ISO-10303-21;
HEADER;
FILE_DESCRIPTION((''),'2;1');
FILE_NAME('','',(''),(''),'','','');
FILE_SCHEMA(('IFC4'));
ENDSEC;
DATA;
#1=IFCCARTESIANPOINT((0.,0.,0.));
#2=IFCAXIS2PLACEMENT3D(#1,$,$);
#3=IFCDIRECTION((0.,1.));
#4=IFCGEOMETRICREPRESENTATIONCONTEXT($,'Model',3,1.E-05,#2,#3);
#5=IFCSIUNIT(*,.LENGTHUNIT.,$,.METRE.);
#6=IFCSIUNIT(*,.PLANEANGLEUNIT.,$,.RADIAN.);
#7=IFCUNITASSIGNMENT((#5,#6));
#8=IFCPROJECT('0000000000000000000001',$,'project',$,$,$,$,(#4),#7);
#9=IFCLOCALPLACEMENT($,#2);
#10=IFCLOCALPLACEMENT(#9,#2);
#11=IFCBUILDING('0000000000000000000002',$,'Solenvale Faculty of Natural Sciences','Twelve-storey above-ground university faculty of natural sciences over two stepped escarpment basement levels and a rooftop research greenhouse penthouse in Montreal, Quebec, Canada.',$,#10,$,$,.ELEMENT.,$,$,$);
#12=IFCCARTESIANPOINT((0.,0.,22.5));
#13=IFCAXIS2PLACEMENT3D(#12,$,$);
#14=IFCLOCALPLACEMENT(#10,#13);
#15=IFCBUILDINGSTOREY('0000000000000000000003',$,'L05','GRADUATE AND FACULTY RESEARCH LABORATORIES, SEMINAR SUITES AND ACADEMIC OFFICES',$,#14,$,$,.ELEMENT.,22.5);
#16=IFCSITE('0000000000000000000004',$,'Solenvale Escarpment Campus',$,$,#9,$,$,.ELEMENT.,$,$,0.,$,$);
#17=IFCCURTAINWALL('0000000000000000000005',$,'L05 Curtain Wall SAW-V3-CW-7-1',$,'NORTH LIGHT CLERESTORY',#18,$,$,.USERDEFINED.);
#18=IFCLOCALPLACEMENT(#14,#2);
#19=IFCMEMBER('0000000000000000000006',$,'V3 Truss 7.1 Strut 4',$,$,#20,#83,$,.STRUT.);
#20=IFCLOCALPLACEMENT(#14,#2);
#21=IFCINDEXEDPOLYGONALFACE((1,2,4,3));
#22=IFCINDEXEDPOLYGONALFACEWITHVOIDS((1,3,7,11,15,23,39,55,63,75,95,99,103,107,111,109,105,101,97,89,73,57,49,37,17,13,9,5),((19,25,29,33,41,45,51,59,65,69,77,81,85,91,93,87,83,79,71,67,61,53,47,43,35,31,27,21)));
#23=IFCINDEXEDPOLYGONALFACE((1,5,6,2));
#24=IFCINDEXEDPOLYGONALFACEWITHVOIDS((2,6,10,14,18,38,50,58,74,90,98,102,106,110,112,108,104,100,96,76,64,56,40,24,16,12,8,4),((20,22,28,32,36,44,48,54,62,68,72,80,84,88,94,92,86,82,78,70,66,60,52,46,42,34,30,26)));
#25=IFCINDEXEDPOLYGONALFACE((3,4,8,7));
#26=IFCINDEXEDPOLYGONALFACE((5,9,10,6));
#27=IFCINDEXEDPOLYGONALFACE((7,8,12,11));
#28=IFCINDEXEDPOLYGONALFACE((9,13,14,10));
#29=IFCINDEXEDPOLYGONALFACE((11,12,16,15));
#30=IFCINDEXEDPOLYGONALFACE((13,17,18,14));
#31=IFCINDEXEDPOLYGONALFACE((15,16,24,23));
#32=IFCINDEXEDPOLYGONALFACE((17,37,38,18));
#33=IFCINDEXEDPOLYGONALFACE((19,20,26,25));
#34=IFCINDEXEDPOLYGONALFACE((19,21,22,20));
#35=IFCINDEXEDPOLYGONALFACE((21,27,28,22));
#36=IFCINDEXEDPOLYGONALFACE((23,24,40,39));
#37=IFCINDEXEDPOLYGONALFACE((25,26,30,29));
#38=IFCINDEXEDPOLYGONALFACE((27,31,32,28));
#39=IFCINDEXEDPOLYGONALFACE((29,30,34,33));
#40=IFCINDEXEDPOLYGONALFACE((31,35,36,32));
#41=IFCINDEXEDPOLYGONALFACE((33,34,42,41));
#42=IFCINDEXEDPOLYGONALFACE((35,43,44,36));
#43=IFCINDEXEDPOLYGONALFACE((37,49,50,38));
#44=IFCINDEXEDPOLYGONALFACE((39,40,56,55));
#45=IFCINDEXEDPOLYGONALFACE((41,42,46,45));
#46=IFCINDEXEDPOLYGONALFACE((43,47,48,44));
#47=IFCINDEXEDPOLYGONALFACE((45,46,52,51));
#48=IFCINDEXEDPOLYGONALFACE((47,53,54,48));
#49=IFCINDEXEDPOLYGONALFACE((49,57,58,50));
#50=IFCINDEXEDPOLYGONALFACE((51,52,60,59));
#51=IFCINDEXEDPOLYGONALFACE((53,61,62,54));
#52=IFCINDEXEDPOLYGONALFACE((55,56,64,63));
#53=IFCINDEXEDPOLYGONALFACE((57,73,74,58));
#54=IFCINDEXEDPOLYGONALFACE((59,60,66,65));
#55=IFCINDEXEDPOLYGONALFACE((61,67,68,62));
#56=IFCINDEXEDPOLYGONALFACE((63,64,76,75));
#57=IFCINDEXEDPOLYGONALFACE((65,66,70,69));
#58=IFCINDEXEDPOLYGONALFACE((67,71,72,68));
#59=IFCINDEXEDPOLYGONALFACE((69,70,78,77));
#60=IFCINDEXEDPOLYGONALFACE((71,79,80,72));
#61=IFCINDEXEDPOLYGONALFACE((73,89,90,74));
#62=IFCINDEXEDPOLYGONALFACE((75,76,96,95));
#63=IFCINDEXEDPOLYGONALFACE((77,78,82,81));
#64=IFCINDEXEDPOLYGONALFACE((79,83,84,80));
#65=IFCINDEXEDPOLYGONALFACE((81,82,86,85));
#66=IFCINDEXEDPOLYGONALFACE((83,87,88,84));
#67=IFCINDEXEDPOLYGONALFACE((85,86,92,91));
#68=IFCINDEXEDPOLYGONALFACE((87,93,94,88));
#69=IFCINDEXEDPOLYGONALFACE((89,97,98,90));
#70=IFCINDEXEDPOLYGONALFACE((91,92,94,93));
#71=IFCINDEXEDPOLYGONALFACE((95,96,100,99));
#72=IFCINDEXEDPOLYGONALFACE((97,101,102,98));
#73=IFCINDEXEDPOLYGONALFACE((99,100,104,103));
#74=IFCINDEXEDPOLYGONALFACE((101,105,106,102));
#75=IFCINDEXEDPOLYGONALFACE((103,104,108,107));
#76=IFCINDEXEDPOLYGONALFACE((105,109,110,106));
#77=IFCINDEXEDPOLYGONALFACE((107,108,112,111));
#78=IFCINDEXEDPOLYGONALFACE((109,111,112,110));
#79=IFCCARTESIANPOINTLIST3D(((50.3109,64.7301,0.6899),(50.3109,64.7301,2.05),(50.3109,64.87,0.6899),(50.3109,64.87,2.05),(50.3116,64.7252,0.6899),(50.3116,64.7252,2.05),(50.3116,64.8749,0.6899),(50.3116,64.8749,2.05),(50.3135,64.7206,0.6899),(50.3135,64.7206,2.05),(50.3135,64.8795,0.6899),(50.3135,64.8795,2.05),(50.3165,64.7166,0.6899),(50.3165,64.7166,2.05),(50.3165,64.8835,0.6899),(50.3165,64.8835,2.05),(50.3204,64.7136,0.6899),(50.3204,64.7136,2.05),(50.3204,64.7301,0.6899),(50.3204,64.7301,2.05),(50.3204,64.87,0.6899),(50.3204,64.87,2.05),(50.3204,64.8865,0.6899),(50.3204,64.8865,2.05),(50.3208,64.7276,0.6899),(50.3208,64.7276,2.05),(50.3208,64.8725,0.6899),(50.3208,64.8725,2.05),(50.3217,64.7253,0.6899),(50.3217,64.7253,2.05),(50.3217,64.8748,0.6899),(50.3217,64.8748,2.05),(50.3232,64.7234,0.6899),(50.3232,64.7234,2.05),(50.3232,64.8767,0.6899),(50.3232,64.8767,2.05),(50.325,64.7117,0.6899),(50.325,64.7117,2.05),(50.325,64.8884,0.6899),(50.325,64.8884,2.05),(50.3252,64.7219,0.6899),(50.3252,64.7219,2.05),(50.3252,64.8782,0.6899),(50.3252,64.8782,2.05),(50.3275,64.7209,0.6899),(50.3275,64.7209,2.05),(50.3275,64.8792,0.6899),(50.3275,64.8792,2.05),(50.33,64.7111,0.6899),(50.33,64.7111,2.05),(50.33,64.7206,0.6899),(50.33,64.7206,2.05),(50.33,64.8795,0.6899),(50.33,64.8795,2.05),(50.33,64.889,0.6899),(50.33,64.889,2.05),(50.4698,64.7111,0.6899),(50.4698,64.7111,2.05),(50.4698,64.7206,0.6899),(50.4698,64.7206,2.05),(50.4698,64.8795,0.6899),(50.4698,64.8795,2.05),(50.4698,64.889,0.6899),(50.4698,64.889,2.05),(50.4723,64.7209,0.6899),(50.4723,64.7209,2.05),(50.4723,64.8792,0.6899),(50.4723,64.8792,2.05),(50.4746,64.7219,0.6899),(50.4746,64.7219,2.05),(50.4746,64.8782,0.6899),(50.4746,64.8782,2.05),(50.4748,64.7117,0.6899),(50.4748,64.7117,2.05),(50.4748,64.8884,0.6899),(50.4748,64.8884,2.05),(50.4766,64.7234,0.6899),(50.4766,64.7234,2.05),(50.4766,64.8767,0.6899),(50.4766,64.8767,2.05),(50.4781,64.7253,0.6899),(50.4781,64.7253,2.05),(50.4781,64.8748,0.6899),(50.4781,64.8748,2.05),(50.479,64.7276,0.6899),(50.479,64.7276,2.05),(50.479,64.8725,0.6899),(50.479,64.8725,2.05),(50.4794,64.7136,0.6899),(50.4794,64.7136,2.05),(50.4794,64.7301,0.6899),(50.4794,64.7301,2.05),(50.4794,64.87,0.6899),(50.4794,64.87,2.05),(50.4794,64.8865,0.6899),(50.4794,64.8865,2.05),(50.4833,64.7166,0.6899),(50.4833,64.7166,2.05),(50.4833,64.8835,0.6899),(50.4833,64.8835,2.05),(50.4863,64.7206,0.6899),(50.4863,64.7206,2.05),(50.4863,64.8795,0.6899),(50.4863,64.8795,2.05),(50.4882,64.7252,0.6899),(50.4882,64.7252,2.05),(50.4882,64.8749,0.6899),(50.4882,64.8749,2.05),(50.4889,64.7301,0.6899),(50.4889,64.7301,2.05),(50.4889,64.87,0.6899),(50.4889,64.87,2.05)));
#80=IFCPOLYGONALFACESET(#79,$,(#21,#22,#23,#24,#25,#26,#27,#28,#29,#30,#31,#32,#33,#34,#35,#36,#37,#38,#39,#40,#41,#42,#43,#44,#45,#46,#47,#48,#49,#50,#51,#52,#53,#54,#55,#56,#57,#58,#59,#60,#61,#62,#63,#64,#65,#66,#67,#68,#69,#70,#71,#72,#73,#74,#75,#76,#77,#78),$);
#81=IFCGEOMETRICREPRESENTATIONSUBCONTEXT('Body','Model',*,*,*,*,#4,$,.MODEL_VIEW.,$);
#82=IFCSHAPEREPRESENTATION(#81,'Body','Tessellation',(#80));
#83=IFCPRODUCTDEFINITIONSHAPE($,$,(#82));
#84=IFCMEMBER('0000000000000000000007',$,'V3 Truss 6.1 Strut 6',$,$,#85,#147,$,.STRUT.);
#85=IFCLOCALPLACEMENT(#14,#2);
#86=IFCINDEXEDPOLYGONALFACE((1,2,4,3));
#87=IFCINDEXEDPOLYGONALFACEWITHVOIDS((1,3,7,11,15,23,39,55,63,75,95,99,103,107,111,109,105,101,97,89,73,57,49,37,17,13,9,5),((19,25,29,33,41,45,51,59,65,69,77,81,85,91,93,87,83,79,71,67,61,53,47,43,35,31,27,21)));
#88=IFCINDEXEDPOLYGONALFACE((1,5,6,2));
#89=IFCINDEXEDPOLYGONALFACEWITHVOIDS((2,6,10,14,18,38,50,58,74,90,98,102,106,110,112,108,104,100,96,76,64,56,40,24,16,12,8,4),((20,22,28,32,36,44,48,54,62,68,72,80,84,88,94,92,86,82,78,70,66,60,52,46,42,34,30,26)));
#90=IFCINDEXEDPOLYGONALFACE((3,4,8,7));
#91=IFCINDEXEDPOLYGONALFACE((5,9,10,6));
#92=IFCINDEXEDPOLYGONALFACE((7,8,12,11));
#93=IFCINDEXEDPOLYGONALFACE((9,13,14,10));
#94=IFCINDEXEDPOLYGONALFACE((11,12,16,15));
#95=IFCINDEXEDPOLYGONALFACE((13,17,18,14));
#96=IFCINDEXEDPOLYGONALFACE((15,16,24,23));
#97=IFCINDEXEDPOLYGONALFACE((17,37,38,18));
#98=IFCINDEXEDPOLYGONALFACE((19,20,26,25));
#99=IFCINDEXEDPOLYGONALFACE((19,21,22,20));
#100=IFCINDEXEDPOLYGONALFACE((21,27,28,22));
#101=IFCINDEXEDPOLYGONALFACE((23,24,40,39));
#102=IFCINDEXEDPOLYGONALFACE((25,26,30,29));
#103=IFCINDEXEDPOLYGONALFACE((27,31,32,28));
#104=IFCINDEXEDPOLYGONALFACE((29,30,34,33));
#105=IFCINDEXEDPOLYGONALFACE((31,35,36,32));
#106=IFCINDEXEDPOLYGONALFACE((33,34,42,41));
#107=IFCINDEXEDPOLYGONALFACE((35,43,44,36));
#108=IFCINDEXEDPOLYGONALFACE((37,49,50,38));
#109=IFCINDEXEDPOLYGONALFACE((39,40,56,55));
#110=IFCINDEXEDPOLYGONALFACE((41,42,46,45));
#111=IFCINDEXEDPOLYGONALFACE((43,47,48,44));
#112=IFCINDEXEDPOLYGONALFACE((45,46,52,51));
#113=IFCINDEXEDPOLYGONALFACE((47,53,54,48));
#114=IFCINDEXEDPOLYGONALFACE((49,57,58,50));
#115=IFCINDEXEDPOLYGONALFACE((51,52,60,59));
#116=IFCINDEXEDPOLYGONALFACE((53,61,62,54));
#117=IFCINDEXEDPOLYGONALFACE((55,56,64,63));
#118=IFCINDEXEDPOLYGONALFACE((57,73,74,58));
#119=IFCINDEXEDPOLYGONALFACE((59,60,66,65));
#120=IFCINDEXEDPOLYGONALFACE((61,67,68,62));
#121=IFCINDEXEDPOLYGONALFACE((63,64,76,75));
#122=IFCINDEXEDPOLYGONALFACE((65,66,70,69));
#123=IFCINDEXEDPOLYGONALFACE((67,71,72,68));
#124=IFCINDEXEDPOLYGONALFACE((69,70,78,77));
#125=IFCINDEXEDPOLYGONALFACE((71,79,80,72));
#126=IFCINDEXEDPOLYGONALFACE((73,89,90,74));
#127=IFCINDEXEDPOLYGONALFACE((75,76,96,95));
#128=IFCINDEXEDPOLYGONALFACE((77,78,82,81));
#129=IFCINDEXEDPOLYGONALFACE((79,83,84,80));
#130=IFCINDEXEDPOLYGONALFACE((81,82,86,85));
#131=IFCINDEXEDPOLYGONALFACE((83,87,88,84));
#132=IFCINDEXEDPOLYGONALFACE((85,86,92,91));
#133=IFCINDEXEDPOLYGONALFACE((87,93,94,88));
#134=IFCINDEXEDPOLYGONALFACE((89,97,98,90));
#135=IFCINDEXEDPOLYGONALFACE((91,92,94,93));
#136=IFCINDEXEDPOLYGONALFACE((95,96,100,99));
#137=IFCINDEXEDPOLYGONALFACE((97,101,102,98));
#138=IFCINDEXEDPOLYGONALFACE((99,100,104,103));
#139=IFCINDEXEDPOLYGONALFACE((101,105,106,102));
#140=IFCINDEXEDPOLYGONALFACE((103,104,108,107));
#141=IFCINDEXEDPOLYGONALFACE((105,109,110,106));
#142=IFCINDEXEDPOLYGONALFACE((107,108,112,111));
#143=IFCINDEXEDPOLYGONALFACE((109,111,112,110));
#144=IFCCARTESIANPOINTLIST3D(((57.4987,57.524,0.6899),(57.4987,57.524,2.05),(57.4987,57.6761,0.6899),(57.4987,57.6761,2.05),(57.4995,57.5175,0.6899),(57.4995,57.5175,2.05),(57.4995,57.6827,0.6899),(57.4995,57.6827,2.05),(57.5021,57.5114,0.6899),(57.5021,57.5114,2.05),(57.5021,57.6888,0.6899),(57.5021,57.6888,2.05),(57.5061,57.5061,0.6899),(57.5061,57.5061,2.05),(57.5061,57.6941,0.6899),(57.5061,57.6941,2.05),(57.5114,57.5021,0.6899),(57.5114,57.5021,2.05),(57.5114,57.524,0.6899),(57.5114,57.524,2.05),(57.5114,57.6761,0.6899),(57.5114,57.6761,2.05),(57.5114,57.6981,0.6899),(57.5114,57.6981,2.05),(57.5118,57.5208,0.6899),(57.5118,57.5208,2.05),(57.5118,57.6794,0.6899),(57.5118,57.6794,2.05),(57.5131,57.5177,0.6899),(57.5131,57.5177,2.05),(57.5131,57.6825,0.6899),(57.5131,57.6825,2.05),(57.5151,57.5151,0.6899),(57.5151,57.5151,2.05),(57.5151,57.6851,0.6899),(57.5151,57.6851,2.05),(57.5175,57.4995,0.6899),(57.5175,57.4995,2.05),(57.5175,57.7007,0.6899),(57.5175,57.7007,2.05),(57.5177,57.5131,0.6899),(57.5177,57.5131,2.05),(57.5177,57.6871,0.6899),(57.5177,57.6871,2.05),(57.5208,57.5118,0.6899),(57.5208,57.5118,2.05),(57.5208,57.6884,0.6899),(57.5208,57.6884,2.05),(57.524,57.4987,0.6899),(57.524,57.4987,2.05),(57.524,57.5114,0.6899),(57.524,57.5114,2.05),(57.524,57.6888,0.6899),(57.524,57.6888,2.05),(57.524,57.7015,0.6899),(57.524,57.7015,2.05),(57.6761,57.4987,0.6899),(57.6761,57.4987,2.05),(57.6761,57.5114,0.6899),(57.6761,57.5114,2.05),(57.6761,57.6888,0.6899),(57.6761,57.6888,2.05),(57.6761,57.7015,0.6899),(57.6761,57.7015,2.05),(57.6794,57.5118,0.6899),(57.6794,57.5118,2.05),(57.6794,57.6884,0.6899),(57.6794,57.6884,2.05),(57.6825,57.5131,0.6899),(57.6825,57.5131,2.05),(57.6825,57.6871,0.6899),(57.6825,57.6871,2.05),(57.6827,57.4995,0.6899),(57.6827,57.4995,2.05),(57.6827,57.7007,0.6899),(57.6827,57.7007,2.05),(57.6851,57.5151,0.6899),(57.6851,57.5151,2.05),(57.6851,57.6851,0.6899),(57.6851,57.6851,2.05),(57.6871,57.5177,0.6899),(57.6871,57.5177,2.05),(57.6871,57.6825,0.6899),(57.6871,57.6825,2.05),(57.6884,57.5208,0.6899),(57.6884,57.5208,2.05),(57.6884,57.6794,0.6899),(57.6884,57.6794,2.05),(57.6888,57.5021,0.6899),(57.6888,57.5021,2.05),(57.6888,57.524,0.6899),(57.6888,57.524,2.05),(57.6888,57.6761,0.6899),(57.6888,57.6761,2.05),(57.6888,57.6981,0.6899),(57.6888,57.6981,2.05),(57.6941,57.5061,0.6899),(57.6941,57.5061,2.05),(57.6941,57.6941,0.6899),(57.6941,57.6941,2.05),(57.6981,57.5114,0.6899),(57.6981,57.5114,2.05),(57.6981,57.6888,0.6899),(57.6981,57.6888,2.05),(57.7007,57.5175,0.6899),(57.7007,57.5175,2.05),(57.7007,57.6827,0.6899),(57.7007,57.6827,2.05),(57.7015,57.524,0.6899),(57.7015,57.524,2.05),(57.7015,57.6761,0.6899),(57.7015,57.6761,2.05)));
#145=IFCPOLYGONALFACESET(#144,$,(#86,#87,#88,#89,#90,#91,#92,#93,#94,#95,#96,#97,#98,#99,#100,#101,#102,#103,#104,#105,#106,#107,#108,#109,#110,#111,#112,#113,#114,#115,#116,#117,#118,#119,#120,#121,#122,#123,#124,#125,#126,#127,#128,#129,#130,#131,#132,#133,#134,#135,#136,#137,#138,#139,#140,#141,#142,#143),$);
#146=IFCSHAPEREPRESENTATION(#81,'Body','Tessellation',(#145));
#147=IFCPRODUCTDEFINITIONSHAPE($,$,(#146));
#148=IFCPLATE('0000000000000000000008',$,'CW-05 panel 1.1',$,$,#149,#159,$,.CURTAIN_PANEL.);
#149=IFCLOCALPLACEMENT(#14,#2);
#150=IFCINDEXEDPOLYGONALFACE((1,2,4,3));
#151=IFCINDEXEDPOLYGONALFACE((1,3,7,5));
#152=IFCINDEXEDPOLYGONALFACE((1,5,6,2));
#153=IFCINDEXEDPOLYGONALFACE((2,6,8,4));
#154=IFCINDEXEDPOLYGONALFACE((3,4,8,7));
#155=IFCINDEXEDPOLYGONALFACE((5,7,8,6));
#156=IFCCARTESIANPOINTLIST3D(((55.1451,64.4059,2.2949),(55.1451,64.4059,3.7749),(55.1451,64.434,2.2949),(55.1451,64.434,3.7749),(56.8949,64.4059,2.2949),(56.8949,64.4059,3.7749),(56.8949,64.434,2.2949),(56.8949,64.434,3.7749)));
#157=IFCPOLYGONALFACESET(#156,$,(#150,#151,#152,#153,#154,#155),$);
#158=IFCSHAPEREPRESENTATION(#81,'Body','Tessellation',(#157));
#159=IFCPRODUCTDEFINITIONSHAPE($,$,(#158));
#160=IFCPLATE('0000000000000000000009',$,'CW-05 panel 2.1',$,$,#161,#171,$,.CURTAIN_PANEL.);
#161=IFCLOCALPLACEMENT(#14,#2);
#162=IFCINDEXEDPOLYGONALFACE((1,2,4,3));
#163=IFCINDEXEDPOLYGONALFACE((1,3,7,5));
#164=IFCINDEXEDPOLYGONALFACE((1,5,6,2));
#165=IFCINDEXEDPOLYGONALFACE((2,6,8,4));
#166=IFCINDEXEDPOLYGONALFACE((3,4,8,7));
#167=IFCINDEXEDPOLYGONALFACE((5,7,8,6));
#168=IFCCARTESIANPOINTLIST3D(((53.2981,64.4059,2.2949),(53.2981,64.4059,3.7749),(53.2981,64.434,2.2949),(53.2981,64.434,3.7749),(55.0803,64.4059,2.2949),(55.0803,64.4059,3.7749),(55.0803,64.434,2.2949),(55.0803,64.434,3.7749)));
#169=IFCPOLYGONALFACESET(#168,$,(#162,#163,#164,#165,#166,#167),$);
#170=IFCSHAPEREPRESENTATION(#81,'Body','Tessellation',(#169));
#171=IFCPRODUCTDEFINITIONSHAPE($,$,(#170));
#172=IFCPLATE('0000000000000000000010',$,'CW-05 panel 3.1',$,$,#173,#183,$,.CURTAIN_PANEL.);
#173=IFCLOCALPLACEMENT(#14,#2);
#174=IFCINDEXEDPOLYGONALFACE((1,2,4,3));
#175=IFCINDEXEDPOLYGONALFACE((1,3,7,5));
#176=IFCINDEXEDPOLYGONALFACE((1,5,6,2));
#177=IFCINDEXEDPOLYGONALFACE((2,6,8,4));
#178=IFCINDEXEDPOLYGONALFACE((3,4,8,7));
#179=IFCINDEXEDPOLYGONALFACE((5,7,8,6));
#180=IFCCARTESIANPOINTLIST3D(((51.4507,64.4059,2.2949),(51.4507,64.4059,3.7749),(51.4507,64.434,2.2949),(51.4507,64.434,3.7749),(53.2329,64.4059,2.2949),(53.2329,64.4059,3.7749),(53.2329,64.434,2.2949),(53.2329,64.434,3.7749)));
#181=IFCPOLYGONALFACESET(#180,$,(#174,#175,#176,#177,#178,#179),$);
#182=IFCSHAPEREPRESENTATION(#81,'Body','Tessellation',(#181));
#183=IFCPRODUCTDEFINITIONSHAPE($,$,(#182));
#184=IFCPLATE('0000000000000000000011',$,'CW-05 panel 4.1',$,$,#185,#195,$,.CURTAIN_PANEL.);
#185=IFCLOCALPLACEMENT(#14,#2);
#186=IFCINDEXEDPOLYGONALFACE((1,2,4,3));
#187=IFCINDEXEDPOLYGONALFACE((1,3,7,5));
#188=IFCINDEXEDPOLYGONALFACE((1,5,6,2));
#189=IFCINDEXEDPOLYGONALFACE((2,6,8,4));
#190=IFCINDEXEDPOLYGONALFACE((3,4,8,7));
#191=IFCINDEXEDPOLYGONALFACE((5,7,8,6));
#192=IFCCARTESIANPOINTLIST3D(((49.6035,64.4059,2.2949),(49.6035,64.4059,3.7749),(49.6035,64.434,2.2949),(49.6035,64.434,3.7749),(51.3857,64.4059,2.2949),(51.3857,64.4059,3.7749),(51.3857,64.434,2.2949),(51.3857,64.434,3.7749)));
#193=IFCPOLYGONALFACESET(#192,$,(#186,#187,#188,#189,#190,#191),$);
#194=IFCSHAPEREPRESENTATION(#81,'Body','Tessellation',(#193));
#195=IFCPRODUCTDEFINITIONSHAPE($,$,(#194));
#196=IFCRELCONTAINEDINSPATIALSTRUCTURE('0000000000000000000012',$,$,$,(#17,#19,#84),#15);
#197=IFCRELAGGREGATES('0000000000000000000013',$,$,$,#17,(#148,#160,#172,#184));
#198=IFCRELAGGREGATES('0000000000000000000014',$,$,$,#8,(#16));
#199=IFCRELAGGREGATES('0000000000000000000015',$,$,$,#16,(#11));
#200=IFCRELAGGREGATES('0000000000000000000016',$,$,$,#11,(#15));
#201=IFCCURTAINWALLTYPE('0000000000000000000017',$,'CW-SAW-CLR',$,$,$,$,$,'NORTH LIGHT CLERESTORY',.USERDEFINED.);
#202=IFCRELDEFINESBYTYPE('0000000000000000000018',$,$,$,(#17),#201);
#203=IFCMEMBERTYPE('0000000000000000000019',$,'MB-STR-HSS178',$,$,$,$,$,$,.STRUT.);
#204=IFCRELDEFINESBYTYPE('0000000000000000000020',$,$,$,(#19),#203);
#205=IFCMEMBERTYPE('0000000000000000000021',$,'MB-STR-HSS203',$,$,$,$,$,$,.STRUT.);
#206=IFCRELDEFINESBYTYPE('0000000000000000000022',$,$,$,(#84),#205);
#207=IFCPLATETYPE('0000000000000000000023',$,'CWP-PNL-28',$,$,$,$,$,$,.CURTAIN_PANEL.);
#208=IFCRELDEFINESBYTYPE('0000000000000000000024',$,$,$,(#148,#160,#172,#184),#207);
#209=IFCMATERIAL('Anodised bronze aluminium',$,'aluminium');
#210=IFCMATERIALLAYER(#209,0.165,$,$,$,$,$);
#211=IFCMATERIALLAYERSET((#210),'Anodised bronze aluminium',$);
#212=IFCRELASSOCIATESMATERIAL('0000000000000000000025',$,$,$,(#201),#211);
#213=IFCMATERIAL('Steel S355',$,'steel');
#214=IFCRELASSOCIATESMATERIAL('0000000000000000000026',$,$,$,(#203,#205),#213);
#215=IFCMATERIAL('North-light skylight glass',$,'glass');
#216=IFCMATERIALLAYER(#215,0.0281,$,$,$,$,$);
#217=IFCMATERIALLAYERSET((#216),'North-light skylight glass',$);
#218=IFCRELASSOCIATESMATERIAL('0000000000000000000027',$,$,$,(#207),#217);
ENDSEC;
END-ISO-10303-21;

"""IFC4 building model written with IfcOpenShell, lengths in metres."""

from ifc_helpers import new_model, si_unit, direction, frame, origin, origin_2d, place, context, subcontext, project, spatial, rectangle, hollow_rectangle, extrude, material, layer, layer_set, material_profile, profile_set, type_object, element, aggregate, save


model = new_model("IFC4")

# Units and contexts
model_context = context("Model", 3, precision=1e-05, world=origin(), true_north=direction((0.0, 1.0)))
body_context = subcontext(model_context, "Body", "Model", "MODEL_VIEW")
ifc_project = project(units=[si_unit("LENGTHUNIT", "METRE"), si_unit("PLANEANGLEUNIT", "RADIAN")], contexts=[model_context])

# Site, building, storey
site_placement = place(None, origin())
site = spatial("IfcSite", under=ifc_project, at=site_placement, Name="Solenvale Escarpment Campus", CompositionType="ELEMENT", RefElevation=0.0)
building_placement = place(site_placement, origin())
building = spatial("IfcBuilding", under=site, at=building_placement, Name="Solenvale Faculty of Natural Sciences", Description="Twelve-storey above-ground university faculty of natural sciences over two stepped escarpment basement levels and a rooftop research greenhouse penthouse in Montreal, Quebec, Canada.", CompositionType="ELEMENT")
storey_placement = place(building_placement, frame((0.0, 0.0, 22.5)))
storey = spatial("IfcBuildingStorey", under=building, at=storey_placement, Name="L05", Description="GRADUATE AND FACULTY RESEARCH LABORATORIES, SEMINAR SUITES AND ACADEMIC OFFICES", CompositionType="ELEMENT", Elevation=22.5)

# Shared definitions
ifc_material_1 = material(Name="Steel S355", Category="steel")

# Curtain wall
ifc_material_2 = material(Name="Anodised bronze aluminium", Category="aluminium")
ifc_layer_1 = layer(ifc_material_2, 0.165)
ifc_layer_set_1 = layer_set([ifc_layer_1], Name="Anodised bronze aluminium")
curtain_wall_type = type_object("IfcCurtainWallType", Name="CW-SAW-CLR", ElementType="NORTH LIGHT CLERESTORY", PredefinedType="USERDEFINED", material=ifc_layer_set_1)
curtain_wall_placement = place(storey_placement, origin())
curtain_wall = element("IfcCurtainWall", 1, at=curtain_wall_placement, inside=storey, type_object=curtain_wall_type, Name="L05 Curtain Wall SAW-V3-CW-7-1", ObjectType="NORTH LIGHT CLERESTORY", PredefinedType="USERDEFINED")

# Members
ifc_material_profile_1 = material_profile(ifc_material_1, hollow_rectangle(XDim=0.178, YDim=0.178, WallThickness=0.0095, InnerFilletRadius=0.0095, OuterFilletRadius=0.019, at=origin_2d()), Name="HSS178x178x9.5")
ifc_profile_set_1 = profile_set([ifc_material_profile_1], Name="Steel S355")
member_type_1 = type_object("IfcMemberType", Name="MB-STR-HSS178", PredefinedType="STRUT", material=ifc_profile_set_1)
member_1_placement = place(storey_placement, frame((50.3999, 64.8, 0.6899), z_axis=(0.0, 0.0, 1.0), x_axis=(1.0, 0.0, 0.0)))
element("IfcMember", 2, at=member_1_placement, inside=storey, type_object=member_type_1, Name="V3 Truss 7.1 Strut 4", PredefinedType="STRUT", context=body_context, shape_type="SweptSolid", body=[
    extrude(hollow_rectangle(XDim=0.178, YDim=0.178, WallThickness=0.0095, InnerFilletRadius=0.0095, OuterFilletRadius=0.019, at=origin_2d()), origin(), (0.0, 0.0, 1.0), 1.3601),
])
ifc_material_profile_2 = material_profile(ifc_material_1, hollow_rectangle(XDim=0.2029, YDim=0.2029, WallThickness=0.0127, InnerFilletRadius=0.0127, OuterFilletRadius=0.0254, at=origin_2d()), Name="HSS203x203x13")
ifc_profile_set_2 = profile_set([ifc_material_profile_2], Name="Steel S355")
member_type_2 = type_object("IfcMemberType", Name="MB-STR-HSS203", PredefinedType="STRUT", material=ifc_profile_set_2)
member_2_placement = place(storey_placement, frame((57.6001, 57.6001, 0.6899), z_axis=(0.0, 0.0, 1.0), x_axis=(1.0, 0.0, 0.0)))
element("IfcMember", 3, at=member_2_placement, inside=storey, type_object=member_type_2, Name="V3 Truss 6.1 Strut 6", PredefinedType="STRUT", context=body_context, shape_type="SweptSolid", body=[
    extrude(hollow_rectangle(XDim=0.2029, YDim=0.2029, WallThickness=0.0127, InnerFilletRadius=0.0127, OuterFilletRadius=0.0254, at=origin_2d()), origin(), (0.0, 0.0, 1.0), 1.3601),
])

# Plates
ifc_material_3 = material(Name="North-light skylight glass", Category="glass")
ifc_layer_2 = layer(ifc_material_3, 0.0281)
ifc_layer_set_2 = layer_set([ifc_layer_2], Name="North-light skylight glass")
plate_type_1 = type_object("IfcPlateType", Name="CWP-PNL-28", PredefinedType="CURTAIN_PANEL", material=ifc_layer_set_2)
plate_1_placement = place(storey_placement, frame((56.02, 64.4199, 2.2949), z_axis=(0.0, 0.0, 1.0), x_axis=(-1.0, 0.0, 0.0)))
plate_1 = element("IfcPlate", 4, at=plate_1_placement, type_object=plate_type_1, Name="CW-05 panel 1.1", PredefinedType="CURTAIN_PANEL", context=body_context, shape_type="SweptSolid", body=[
    extrude(rectangle(XDim=1.7498, YDim=0.0281, at=origin_2d()), origin(), (0.0, 0.0, 1.0), 1.48),
])
plate_2_placement = place(storey_placement, frame((54.1892, 64.4199, 2.2949), z_axis=(0.0, 0.0, 1.0), x_axis=(-1.0, 0.0, 0.0)))
plate_2 = element("IfcPlate", 5, at=plate_2_placement, type_object=plate_type_1, Name="CW-05 panel 2.1", PredefinedType="CURTAIN_PANEL", context=body_context, shape_type="SweptSolid", body=[
    extrude(rectangle(XDim=1.7822, YDim=0.0281, at=origin_2d()), origin(), (0.0, 0.0, 1.0), 1.48),
])
plate_3_placement = place(storey_placement, frame((52.3418, 64.4199, 2.2949), z_axis=(0.0, 0.0, 1.0), x_axis=(-1.0, 0.0, 0.0)))
plate_3 = element("IfcPlate", 6, at=plate_3_placement, type_object=plate_type_1, Name="CW-05 panel 3.1", PredefinedType="CURTAIN_PANEL", context=body_context, shape_type="SweptSolid", body=[
    extrude(rectangle(XDim=1.7822, YDim=0.0281, at=origin_2d()), origin(), (0.0, 0.0, 1.0), 1.48),
])
plate_4_placement = place(storey_placement, frame((50.4946, 64.4199, 2.2949), z_axis=(0.0, 0.0, 1.0), x_axis=(-1.0, 0.0, 0.0)))
plate_4 = element("IfcPlate", 7, at=plate_4_placement, type_object=plate_type_1, Name="CW-05 panel 4.1", PredefinedType="CURTAIN_PANEL", context=body_context, shape_type="SweptSolid", body=[
    extrude(rectangle(XDim=1.7822, YDim=0.0281, at=origin_2d()), origin(), (0.0, 0.0, 1.0), 1.48),
])
aggregate(curtain_wall, [plate_1, plate_2, plate_3, plate_4])

save(model, "model.ifc")
